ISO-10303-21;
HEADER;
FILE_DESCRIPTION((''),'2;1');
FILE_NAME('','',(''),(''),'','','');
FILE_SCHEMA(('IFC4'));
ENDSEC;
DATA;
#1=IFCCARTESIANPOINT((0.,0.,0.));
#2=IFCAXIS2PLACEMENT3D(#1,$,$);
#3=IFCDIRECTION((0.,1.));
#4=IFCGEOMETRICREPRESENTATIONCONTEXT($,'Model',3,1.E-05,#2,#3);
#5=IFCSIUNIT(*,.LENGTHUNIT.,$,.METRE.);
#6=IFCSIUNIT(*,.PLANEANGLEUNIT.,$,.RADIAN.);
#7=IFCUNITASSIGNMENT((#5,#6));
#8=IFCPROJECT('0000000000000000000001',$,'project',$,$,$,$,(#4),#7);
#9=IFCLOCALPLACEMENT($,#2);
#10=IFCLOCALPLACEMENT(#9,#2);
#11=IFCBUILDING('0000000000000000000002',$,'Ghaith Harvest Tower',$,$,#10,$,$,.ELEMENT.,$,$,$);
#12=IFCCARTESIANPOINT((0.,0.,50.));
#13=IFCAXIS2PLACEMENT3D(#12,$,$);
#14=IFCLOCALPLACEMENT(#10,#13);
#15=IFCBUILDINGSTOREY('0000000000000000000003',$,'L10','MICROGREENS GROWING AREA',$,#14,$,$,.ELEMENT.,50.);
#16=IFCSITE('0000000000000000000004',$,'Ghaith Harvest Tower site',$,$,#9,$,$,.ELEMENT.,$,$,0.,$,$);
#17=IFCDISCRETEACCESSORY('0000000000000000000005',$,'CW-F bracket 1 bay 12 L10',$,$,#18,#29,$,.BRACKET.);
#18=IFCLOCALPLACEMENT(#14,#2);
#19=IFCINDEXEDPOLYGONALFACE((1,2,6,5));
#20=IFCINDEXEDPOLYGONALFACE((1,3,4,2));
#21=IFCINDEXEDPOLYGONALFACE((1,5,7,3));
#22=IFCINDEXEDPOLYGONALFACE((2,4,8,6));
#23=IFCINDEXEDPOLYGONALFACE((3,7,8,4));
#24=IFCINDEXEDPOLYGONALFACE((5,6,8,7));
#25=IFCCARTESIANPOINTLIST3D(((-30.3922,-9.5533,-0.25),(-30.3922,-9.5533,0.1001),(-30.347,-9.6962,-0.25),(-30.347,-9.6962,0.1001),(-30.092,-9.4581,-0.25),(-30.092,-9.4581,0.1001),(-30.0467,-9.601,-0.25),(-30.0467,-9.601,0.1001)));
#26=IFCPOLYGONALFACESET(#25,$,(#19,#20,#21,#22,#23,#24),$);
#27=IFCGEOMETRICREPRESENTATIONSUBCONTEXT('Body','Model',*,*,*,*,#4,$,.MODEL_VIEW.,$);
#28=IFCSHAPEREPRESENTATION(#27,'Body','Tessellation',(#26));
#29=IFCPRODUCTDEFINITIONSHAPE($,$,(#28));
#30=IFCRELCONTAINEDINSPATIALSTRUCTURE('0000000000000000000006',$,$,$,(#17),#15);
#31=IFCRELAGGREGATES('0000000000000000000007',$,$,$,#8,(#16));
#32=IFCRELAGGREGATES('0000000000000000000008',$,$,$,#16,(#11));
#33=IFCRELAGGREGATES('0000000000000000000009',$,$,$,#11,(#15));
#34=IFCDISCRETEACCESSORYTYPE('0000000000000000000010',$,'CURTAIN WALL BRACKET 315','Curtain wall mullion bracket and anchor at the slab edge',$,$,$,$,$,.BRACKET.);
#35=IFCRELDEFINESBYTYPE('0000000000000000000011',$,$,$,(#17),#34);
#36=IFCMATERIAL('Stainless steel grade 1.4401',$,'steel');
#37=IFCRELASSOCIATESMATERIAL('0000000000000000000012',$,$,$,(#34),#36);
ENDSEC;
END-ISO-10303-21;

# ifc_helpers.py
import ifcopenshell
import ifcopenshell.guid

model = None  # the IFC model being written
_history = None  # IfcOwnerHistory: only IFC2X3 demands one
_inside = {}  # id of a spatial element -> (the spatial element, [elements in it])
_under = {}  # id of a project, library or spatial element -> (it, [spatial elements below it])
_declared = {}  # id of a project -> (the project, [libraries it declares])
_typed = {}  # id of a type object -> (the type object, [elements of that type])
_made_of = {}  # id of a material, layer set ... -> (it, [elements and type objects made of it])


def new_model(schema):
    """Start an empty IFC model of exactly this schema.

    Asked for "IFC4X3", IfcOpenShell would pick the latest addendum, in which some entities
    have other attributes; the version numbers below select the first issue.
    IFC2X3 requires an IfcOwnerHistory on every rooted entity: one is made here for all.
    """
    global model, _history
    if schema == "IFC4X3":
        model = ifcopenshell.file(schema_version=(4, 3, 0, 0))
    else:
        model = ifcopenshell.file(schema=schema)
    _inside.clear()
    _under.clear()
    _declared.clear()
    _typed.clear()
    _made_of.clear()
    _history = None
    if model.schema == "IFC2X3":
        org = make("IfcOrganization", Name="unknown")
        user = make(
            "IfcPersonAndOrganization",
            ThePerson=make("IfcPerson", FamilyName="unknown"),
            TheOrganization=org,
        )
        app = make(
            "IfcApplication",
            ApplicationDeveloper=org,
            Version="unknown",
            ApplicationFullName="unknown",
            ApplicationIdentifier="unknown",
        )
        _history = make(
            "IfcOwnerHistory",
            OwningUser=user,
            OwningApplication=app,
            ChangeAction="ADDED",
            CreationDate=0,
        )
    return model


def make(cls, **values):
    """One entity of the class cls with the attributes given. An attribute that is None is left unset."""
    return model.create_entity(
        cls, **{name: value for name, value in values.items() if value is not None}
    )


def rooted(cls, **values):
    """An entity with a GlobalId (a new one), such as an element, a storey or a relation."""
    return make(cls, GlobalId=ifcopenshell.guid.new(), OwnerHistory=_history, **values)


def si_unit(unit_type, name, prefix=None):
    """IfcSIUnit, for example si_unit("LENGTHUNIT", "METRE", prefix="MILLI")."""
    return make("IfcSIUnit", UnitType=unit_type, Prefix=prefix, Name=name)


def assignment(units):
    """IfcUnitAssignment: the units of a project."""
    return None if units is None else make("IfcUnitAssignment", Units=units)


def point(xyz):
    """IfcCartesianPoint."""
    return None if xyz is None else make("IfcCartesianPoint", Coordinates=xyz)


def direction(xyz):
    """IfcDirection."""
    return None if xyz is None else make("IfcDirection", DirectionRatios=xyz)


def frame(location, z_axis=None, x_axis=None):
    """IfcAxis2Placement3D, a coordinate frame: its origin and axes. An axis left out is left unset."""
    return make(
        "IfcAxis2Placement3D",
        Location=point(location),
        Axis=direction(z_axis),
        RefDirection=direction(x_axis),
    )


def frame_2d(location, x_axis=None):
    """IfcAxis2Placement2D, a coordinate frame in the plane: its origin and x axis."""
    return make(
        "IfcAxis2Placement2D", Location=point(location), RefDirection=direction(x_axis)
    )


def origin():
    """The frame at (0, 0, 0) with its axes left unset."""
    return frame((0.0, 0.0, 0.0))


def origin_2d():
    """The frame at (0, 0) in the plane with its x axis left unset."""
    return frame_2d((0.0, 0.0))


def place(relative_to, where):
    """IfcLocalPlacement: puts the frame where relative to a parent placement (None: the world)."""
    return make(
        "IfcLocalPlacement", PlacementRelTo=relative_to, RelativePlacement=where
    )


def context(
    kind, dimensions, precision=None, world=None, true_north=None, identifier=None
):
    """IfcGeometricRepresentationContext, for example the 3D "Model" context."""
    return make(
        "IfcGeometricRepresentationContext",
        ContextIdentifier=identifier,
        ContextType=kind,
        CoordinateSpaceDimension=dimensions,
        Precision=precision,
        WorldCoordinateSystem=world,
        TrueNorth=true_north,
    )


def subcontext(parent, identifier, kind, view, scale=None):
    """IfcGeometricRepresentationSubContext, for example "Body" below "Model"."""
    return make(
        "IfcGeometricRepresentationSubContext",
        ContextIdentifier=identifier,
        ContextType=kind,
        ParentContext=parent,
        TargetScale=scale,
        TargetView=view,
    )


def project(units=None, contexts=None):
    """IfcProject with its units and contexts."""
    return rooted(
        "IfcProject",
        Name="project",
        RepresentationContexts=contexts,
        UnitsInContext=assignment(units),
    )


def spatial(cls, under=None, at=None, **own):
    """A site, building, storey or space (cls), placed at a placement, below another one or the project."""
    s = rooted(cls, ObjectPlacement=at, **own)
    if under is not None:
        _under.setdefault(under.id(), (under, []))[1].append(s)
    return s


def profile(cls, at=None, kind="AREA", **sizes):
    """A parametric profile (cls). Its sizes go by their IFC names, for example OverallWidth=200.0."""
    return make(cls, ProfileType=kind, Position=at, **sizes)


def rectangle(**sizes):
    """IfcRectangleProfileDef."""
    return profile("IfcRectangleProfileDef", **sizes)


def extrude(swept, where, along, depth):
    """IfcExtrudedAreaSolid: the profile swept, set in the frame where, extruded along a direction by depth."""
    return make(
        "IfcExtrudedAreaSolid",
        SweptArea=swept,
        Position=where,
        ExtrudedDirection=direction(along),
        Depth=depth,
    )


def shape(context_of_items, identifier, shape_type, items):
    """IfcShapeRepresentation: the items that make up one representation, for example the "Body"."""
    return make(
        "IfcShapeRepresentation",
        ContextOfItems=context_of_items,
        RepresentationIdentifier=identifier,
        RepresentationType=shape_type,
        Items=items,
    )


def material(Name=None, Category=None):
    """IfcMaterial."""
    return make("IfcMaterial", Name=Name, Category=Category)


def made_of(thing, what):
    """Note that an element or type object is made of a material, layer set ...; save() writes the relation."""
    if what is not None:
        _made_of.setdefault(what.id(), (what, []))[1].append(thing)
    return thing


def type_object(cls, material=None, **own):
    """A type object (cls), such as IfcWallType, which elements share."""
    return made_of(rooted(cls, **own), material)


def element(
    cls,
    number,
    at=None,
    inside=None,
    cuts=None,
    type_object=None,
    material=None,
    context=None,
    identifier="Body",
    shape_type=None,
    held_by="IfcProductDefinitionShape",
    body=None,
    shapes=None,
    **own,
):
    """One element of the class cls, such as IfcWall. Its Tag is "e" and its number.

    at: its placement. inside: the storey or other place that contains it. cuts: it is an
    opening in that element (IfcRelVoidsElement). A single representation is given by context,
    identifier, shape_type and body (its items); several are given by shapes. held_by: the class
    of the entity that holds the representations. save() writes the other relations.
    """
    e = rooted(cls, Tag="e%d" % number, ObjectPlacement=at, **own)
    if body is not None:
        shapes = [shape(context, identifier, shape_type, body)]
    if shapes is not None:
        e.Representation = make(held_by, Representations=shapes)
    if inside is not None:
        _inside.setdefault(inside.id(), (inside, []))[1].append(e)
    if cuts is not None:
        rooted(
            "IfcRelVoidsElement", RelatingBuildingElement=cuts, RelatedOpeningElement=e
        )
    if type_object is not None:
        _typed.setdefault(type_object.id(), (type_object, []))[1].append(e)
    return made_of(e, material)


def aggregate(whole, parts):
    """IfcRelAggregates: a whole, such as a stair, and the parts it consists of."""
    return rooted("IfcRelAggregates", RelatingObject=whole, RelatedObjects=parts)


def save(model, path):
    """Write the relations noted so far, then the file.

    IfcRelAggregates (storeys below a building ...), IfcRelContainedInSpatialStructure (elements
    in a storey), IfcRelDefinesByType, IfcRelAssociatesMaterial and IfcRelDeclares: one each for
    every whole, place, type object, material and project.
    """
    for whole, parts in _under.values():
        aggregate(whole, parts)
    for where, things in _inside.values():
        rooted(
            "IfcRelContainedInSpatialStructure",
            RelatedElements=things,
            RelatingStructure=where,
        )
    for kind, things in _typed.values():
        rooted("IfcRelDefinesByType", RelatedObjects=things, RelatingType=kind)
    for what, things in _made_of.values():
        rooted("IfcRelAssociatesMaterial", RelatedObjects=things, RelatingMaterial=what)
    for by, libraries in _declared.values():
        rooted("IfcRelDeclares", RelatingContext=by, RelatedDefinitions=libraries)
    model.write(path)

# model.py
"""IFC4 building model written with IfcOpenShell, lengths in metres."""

from ifc_helpers import new_model, si_unit, direction, frame, origin, origin_2d, place, context, subcontext, project, spatial, rectangle, extrude, material, type_object, element, save


model = new_model("IFC4")

# Units and contexts
model_context = context("Model", 3, precision=1e-05, world=origin(), true_north=direction((0.0, 1.0)))
body_context = subcontext(model_context, "Body", "Model", "MODEL_VIEW")
ifc_project = project(units=[si_unit("LENGTHUNIT", "METRE"), si_unit("PLANEANGLEUNIT", "RADIAN")], contexts=[model_context])

# Site, building, storey
site_placement = place(None, origin())
site = spatial("IfcSite", under=ifc_project, at=site_placement, Name="Ghaith Harvest Tower site", CompositionType="ELEMENT", RefElevation=0.0)
building_placement = place(site_placement, origin())
building = spatial("IfcBuilding", under=site, at=building_placement, Name="Ghaith Harvest Tower", CompositionType="ELEMENT")
storey_placement = place(building_placement, frame((0.0, 0.0, 50.0)))
storey = spatial("IfcBuildingStorey", under=building, at=storey_placement, Name="L10", Description="MICROGREENS GROWING AREA", CompositionType="ELEMENT", Elevation=50.0)

# Discrete accessory
ifc_material_1 = material(Name="Stainless steel grade 1.4401", Category="steel")
discrete_accessory_type = type_object("IfcDiscreteAccessoryType", Name="CURTAIN WALL BRACKET 315", Description="Curtain wall mullion bracket and anchor at the slab edge", PredefinedType="BRACKET", material=ifc_material_1)
discrete_accessory_placement = place(storey_placement, frame((-30.2195, -9.5771, -0.25), z_axis=(0.0, 0.0, 1.0), x_axis=(-0.953273, -0.30211, 0.0)))
element("IfcDiscreteAccessory", 1, at=discrete_accessory_placement, inside=storey, type_object=discrete_accessory_type, Name="CW-F bracket 1 bay 12 L10", PredefinedType="BRACKET", context=body_context, shape_type="SweptSolid", body=[
    extrude(rectangle(XDim=0.3149, YDim=0.1499, at=origin_2d()), origin(), (0.0, 0.0, 1.0), 0.3501),
])

save(model, "model.ifc")
